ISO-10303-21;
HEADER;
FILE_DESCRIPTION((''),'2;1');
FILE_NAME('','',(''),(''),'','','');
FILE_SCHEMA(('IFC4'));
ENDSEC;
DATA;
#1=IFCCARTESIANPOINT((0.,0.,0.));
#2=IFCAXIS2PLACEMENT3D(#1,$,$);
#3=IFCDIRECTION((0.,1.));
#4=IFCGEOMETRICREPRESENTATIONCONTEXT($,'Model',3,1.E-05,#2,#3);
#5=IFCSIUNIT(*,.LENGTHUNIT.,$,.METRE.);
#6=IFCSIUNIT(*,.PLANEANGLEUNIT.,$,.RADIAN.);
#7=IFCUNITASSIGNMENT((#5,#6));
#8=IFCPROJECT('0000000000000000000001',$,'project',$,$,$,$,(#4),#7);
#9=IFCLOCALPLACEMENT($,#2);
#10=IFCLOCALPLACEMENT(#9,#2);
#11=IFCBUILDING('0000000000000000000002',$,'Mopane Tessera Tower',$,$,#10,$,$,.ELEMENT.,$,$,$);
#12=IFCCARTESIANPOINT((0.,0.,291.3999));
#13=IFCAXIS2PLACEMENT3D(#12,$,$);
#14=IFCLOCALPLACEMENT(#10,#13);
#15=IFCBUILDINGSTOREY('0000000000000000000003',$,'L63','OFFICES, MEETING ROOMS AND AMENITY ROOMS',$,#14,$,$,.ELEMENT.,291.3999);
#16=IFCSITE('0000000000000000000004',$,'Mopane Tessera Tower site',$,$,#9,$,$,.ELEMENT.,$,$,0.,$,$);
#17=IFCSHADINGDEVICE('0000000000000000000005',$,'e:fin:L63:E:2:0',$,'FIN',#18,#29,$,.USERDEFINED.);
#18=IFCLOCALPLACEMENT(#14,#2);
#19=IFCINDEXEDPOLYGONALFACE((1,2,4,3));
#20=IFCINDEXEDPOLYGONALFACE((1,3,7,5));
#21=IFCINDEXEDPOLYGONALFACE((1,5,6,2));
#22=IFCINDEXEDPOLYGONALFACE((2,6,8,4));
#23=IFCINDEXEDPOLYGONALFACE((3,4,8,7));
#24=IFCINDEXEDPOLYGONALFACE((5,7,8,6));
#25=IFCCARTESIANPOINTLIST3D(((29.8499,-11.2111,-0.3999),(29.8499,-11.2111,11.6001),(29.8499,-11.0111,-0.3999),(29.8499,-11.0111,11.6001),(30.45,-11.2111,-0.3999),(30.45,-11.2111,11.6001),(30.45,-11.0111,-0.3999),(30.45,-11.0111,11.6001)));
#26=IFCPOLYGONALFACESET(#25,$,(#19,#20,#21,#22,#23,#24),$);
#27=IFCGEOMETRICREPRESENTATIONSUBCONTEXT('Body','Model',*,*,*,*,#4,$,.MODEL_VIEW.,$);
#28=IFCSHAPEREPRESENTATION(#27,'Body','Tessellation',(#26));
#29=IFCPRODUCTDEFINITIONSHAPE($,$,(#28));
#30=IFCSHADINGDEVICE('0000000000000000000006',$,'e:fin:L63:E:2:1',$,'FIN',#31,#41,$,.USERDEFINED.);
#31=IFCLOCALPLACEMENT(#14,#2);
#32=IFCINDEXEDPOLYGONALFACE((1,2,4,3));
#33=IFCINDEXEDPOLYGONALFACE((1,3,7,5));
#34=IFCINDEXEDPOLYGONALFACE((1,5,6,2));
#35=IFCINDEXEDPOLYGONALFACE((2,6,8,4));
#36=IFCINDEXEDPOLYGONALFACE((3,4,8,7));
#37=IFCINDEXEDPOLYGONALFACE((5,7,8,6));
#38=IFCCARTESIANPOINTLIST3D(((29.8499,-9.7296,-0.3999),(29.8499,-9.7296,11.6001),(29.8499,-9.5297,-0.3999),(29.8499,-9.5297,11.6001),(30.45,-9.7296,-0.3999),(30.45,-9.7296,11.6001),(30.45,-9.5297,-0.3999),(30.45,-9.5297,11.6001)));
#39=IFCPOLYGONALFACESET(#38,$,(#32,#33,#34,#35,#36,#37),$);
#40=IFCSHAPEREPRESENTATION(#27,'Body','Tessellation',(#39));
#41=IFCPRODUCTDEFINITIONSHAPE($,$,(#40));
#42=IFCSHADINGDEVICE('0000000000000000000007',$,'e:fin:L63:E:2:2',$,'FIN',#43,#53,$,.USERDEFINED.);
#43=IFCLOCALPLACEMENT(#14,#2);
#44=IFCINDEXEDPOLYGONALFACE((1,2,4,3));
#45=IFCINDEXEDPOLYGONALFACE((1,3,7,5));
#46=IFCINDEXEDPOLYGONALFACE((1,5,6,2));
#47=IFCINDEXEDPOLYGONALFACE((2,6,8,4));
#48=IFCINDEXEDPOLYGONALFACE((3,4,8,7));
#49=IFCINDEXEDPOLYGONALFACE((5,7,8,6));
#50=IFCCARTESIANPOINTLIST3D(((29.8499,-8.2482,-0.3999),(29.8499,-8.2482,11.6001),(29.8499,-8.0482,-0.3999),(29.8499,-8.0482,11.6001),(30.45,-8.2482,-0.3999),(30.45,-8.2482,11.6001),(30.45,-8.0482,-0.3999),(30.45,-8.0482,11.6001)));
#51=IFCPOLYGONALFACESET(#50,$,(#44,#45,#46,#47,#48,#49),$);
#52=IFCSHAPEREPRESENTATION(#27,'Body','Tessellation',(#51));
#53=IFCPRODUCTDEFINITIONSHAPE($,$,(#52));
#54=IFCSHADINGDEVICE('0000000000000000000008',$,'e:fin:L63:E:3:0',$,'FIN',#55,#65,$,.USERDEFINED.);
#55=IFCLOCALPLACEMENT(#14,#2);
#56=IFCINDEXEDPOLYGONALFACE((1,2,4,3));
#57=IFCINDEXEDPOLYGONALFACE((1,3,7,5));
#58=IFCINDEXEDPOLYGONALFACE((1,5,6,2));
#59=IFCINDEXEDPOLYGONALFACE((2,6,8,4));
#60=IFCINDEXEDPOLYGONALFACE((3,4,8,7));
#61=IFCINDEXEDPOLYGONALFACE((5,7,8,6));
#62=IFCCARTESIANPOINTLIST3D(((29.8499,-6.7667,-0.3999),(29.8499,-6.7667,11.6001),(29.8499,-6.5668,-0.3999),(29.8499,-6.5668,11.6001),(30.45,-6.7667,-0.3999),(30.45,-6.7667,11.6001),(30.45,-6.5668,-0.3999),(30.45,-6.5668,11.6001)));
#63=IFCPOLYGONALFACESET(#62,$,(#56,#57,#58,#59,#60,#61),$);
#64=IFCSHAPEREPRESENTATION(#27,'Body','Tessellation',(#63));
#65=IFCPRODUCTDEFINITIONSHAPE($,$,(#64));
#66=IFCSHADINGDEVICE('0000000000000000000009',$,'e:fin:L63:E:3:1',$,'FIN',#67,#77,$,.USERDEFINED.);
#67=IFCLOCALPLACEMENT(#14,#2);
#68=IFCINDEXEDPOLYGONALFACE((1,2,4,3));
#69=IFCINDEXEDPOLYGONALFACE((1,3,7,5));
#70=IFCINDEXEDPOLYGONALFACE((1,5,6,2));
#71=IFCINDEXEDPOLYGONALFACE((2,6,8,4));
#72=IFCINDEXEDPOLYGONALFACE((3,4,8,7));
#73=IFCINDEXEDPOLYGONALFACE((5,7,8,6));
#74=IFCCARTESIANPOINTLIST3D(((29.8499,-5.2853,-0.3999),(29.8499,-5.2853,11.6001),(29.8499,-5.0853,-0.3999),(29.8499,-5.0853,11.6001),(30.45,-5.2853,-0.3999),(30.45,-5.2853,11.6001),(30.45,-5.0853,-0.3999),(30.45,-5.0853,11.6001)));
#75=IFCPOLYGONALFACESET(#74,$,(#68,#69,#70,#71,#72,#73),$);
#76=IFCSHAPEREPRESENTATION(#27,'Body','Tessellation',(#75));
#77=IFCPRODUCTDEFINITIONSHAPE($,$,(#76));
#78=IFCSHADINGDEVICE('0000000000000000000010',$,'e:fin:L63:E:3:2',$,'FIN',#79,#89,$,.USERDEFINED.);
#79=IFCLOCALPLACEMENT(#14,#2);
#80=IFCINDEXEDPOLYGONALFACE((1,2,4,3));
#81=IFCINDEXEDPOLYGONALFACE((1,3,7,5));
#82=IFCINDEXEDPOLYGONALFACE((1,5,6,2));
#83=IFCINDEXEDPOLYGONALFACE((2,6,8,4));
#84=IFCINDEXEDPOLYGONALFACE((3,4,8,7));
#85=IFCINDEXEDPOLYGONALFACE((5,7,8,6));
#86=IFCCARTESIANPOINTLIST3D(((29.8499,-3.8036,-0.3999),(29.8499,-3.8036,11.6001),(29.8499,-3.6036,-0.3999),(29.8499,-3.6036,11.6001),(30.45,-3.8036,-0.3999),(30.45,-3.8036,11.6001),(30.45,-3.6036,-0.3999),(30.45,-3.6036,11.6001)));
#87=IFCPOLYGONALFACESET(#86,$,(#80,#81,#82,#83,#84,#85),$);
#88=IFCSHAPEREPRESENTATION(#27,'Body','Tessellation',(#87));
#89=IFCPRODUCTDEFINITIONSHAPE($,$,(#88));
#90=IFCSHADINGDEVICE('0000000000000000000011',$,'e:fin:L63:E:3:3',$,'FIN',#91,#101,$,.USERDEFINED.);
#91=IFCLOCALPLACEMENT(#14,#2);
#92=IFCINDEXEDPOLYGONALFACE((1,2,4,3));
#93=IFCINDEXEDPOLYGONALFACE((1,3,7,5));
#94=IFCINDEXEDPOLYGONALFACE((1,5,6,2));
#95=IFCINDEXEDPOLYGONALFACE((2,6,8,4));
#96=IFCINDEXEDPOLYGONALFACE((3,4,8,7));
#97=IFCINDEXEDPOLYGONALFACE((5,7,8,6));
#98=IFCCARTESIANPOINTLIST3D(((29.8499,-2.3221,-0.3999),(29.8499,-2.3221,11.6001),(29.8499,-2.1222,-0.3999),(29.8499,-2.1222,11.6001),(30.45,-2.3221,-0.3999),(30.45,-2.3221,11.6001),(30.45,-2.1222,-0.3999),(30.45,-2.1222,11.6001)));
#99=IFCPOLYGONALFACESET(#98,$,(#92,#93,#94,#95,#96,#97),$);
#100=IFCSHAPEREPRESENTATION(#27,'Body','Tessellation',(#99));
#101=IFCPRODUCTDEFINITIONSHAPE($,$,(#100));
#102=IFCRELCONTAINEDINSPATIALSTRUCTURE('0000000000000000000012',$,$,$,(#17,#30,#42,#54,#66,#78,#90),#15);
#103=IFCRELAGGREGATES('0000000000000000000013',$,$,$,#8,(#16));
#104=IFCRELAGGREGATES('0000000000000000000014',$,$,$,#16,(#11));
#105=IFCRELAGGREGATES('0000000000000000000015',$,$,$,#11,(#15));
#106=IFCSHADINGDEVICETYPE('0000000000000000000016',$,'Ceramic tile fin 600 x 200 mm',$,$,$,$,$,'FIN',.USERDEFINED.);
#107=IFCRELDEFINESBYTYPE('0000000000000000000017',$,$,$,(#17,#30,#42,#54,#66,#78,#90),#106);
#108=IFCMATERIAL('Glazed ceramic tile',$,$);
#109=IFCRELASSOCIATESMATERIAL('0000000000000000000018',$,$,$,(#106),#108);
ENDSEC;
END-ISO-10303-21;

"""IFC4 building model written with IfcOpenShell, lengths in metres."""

from ifc_helpers import new_model, si_unit, direction, frame, origin, origin_2d, place, context, subcontext, project, spatial, rectangle, extrude, material, type_object, element, save


model = new_model("IFC4")

# Units and contexts
model_context = context("Model", 3, precision=1e-05, world=origin(), true_north=direction((0.0, 1.0)))
body_context = subcontext(model_context, "Body", "Model", "MODEL_VIEW")
ifc_project = project(units=[si_unit("LENGTHUNIT", "METRE"), si_unit("PLANEANGLEUNIT", "RADIAN")], contexts=[model_context])

# Site, building, storey
site_placement = place(None, origin())
site = spatial("IfcSite", under=ifc_project, at=site_placement, Name="Mopane Tessera Tower site", CompositionType="ELEMENT", RefElevation=0.0)
building_placement = place(site_placement, origin())
building = spatial("IfcBuilding", under=site, at=building_placement, Name="Mopane Tessera Tower", CompositionType="ELEMENT")
storey_placement = place(building_placement, frame((0.0, 0.0, 291.3999)))
storey = spatial("IfcBuildingStorey", under=building, at=storey_placement, Name="L63", Description="OFFICES, MEETING ROOMS AND AMENITY ROOMS", CompositionType="ELEMENT", Elevation=291.3999)

# Shading devices
ifc_material_1 = material(Name="Glazed ceramic tile")
shading_device_type = type_object("IfcShadingDeviceType", Name="Ceramic tile fin 600 x 200 mm", ElementType="FIN", PredefinedType="USERDEFINED", material=ifc_material_1)
for number, where, z_axis, x_axis, name in (
    (1, (30.1499, -11.1111, -0.3999), (0.0, 0.0, 1.0), (0.0, 1.0, 0.0), "e:fin:L63:E:2:0"),
    (2, (30.1499, -9.6296, -0.3999), (0.0, 0.0, 1.0), (0.0, 1.0, 0.0), "e:fin:L63:E:2:1"),
    (3, (30.1499, -8.1482, -0.3999), (0.0, 0.0, 1.0), (0.0, 1.0, 0.0), "e:fin:L63:E:2:2"),
    (4, (30.1499, -6.6667, -0.3999), (0.0, 0.0, 1.0), (0.0, 1.0, 0.0), "e:fin:L63:E:3:0"),
    (5, (30.1499, -5.1853, -0.3999), (0.0, 0.0, 1.0), (0.0, 1.0, 0.0), "e:fin:L63:E:3:1"),
    (6, (30.1499, -3.7036, -0.3999), (0.0, 0.0, 1.0), (0.0, 1.0, 0.0), "e:fin:L63:E:3:2"),
    (7, (30.1499, -2.2222, -0.3999), (0.0, 0.0, 1.0), (0.0, 1.0, 0.0), "e:fin:L63:E:3:3"),
):
    element("IfcShadingDevice", number, at=place(storey_placement, frame(where, z_axis=z_axis, x_axis=x_axis)), inside=storey, type_object=shading_device_type, Name=name, ObjectType="FIN", PredefinedType="USERDEFINED", context=body_context, shape_type="SweptSolid", body=[
        extrude(rectangle(XDim=0.2, YDim=0.6001, at=origin_2d()), origin(), (0.0, 0.0, 1.0), 12.0),
    ])

save(model, "model.ifc")
